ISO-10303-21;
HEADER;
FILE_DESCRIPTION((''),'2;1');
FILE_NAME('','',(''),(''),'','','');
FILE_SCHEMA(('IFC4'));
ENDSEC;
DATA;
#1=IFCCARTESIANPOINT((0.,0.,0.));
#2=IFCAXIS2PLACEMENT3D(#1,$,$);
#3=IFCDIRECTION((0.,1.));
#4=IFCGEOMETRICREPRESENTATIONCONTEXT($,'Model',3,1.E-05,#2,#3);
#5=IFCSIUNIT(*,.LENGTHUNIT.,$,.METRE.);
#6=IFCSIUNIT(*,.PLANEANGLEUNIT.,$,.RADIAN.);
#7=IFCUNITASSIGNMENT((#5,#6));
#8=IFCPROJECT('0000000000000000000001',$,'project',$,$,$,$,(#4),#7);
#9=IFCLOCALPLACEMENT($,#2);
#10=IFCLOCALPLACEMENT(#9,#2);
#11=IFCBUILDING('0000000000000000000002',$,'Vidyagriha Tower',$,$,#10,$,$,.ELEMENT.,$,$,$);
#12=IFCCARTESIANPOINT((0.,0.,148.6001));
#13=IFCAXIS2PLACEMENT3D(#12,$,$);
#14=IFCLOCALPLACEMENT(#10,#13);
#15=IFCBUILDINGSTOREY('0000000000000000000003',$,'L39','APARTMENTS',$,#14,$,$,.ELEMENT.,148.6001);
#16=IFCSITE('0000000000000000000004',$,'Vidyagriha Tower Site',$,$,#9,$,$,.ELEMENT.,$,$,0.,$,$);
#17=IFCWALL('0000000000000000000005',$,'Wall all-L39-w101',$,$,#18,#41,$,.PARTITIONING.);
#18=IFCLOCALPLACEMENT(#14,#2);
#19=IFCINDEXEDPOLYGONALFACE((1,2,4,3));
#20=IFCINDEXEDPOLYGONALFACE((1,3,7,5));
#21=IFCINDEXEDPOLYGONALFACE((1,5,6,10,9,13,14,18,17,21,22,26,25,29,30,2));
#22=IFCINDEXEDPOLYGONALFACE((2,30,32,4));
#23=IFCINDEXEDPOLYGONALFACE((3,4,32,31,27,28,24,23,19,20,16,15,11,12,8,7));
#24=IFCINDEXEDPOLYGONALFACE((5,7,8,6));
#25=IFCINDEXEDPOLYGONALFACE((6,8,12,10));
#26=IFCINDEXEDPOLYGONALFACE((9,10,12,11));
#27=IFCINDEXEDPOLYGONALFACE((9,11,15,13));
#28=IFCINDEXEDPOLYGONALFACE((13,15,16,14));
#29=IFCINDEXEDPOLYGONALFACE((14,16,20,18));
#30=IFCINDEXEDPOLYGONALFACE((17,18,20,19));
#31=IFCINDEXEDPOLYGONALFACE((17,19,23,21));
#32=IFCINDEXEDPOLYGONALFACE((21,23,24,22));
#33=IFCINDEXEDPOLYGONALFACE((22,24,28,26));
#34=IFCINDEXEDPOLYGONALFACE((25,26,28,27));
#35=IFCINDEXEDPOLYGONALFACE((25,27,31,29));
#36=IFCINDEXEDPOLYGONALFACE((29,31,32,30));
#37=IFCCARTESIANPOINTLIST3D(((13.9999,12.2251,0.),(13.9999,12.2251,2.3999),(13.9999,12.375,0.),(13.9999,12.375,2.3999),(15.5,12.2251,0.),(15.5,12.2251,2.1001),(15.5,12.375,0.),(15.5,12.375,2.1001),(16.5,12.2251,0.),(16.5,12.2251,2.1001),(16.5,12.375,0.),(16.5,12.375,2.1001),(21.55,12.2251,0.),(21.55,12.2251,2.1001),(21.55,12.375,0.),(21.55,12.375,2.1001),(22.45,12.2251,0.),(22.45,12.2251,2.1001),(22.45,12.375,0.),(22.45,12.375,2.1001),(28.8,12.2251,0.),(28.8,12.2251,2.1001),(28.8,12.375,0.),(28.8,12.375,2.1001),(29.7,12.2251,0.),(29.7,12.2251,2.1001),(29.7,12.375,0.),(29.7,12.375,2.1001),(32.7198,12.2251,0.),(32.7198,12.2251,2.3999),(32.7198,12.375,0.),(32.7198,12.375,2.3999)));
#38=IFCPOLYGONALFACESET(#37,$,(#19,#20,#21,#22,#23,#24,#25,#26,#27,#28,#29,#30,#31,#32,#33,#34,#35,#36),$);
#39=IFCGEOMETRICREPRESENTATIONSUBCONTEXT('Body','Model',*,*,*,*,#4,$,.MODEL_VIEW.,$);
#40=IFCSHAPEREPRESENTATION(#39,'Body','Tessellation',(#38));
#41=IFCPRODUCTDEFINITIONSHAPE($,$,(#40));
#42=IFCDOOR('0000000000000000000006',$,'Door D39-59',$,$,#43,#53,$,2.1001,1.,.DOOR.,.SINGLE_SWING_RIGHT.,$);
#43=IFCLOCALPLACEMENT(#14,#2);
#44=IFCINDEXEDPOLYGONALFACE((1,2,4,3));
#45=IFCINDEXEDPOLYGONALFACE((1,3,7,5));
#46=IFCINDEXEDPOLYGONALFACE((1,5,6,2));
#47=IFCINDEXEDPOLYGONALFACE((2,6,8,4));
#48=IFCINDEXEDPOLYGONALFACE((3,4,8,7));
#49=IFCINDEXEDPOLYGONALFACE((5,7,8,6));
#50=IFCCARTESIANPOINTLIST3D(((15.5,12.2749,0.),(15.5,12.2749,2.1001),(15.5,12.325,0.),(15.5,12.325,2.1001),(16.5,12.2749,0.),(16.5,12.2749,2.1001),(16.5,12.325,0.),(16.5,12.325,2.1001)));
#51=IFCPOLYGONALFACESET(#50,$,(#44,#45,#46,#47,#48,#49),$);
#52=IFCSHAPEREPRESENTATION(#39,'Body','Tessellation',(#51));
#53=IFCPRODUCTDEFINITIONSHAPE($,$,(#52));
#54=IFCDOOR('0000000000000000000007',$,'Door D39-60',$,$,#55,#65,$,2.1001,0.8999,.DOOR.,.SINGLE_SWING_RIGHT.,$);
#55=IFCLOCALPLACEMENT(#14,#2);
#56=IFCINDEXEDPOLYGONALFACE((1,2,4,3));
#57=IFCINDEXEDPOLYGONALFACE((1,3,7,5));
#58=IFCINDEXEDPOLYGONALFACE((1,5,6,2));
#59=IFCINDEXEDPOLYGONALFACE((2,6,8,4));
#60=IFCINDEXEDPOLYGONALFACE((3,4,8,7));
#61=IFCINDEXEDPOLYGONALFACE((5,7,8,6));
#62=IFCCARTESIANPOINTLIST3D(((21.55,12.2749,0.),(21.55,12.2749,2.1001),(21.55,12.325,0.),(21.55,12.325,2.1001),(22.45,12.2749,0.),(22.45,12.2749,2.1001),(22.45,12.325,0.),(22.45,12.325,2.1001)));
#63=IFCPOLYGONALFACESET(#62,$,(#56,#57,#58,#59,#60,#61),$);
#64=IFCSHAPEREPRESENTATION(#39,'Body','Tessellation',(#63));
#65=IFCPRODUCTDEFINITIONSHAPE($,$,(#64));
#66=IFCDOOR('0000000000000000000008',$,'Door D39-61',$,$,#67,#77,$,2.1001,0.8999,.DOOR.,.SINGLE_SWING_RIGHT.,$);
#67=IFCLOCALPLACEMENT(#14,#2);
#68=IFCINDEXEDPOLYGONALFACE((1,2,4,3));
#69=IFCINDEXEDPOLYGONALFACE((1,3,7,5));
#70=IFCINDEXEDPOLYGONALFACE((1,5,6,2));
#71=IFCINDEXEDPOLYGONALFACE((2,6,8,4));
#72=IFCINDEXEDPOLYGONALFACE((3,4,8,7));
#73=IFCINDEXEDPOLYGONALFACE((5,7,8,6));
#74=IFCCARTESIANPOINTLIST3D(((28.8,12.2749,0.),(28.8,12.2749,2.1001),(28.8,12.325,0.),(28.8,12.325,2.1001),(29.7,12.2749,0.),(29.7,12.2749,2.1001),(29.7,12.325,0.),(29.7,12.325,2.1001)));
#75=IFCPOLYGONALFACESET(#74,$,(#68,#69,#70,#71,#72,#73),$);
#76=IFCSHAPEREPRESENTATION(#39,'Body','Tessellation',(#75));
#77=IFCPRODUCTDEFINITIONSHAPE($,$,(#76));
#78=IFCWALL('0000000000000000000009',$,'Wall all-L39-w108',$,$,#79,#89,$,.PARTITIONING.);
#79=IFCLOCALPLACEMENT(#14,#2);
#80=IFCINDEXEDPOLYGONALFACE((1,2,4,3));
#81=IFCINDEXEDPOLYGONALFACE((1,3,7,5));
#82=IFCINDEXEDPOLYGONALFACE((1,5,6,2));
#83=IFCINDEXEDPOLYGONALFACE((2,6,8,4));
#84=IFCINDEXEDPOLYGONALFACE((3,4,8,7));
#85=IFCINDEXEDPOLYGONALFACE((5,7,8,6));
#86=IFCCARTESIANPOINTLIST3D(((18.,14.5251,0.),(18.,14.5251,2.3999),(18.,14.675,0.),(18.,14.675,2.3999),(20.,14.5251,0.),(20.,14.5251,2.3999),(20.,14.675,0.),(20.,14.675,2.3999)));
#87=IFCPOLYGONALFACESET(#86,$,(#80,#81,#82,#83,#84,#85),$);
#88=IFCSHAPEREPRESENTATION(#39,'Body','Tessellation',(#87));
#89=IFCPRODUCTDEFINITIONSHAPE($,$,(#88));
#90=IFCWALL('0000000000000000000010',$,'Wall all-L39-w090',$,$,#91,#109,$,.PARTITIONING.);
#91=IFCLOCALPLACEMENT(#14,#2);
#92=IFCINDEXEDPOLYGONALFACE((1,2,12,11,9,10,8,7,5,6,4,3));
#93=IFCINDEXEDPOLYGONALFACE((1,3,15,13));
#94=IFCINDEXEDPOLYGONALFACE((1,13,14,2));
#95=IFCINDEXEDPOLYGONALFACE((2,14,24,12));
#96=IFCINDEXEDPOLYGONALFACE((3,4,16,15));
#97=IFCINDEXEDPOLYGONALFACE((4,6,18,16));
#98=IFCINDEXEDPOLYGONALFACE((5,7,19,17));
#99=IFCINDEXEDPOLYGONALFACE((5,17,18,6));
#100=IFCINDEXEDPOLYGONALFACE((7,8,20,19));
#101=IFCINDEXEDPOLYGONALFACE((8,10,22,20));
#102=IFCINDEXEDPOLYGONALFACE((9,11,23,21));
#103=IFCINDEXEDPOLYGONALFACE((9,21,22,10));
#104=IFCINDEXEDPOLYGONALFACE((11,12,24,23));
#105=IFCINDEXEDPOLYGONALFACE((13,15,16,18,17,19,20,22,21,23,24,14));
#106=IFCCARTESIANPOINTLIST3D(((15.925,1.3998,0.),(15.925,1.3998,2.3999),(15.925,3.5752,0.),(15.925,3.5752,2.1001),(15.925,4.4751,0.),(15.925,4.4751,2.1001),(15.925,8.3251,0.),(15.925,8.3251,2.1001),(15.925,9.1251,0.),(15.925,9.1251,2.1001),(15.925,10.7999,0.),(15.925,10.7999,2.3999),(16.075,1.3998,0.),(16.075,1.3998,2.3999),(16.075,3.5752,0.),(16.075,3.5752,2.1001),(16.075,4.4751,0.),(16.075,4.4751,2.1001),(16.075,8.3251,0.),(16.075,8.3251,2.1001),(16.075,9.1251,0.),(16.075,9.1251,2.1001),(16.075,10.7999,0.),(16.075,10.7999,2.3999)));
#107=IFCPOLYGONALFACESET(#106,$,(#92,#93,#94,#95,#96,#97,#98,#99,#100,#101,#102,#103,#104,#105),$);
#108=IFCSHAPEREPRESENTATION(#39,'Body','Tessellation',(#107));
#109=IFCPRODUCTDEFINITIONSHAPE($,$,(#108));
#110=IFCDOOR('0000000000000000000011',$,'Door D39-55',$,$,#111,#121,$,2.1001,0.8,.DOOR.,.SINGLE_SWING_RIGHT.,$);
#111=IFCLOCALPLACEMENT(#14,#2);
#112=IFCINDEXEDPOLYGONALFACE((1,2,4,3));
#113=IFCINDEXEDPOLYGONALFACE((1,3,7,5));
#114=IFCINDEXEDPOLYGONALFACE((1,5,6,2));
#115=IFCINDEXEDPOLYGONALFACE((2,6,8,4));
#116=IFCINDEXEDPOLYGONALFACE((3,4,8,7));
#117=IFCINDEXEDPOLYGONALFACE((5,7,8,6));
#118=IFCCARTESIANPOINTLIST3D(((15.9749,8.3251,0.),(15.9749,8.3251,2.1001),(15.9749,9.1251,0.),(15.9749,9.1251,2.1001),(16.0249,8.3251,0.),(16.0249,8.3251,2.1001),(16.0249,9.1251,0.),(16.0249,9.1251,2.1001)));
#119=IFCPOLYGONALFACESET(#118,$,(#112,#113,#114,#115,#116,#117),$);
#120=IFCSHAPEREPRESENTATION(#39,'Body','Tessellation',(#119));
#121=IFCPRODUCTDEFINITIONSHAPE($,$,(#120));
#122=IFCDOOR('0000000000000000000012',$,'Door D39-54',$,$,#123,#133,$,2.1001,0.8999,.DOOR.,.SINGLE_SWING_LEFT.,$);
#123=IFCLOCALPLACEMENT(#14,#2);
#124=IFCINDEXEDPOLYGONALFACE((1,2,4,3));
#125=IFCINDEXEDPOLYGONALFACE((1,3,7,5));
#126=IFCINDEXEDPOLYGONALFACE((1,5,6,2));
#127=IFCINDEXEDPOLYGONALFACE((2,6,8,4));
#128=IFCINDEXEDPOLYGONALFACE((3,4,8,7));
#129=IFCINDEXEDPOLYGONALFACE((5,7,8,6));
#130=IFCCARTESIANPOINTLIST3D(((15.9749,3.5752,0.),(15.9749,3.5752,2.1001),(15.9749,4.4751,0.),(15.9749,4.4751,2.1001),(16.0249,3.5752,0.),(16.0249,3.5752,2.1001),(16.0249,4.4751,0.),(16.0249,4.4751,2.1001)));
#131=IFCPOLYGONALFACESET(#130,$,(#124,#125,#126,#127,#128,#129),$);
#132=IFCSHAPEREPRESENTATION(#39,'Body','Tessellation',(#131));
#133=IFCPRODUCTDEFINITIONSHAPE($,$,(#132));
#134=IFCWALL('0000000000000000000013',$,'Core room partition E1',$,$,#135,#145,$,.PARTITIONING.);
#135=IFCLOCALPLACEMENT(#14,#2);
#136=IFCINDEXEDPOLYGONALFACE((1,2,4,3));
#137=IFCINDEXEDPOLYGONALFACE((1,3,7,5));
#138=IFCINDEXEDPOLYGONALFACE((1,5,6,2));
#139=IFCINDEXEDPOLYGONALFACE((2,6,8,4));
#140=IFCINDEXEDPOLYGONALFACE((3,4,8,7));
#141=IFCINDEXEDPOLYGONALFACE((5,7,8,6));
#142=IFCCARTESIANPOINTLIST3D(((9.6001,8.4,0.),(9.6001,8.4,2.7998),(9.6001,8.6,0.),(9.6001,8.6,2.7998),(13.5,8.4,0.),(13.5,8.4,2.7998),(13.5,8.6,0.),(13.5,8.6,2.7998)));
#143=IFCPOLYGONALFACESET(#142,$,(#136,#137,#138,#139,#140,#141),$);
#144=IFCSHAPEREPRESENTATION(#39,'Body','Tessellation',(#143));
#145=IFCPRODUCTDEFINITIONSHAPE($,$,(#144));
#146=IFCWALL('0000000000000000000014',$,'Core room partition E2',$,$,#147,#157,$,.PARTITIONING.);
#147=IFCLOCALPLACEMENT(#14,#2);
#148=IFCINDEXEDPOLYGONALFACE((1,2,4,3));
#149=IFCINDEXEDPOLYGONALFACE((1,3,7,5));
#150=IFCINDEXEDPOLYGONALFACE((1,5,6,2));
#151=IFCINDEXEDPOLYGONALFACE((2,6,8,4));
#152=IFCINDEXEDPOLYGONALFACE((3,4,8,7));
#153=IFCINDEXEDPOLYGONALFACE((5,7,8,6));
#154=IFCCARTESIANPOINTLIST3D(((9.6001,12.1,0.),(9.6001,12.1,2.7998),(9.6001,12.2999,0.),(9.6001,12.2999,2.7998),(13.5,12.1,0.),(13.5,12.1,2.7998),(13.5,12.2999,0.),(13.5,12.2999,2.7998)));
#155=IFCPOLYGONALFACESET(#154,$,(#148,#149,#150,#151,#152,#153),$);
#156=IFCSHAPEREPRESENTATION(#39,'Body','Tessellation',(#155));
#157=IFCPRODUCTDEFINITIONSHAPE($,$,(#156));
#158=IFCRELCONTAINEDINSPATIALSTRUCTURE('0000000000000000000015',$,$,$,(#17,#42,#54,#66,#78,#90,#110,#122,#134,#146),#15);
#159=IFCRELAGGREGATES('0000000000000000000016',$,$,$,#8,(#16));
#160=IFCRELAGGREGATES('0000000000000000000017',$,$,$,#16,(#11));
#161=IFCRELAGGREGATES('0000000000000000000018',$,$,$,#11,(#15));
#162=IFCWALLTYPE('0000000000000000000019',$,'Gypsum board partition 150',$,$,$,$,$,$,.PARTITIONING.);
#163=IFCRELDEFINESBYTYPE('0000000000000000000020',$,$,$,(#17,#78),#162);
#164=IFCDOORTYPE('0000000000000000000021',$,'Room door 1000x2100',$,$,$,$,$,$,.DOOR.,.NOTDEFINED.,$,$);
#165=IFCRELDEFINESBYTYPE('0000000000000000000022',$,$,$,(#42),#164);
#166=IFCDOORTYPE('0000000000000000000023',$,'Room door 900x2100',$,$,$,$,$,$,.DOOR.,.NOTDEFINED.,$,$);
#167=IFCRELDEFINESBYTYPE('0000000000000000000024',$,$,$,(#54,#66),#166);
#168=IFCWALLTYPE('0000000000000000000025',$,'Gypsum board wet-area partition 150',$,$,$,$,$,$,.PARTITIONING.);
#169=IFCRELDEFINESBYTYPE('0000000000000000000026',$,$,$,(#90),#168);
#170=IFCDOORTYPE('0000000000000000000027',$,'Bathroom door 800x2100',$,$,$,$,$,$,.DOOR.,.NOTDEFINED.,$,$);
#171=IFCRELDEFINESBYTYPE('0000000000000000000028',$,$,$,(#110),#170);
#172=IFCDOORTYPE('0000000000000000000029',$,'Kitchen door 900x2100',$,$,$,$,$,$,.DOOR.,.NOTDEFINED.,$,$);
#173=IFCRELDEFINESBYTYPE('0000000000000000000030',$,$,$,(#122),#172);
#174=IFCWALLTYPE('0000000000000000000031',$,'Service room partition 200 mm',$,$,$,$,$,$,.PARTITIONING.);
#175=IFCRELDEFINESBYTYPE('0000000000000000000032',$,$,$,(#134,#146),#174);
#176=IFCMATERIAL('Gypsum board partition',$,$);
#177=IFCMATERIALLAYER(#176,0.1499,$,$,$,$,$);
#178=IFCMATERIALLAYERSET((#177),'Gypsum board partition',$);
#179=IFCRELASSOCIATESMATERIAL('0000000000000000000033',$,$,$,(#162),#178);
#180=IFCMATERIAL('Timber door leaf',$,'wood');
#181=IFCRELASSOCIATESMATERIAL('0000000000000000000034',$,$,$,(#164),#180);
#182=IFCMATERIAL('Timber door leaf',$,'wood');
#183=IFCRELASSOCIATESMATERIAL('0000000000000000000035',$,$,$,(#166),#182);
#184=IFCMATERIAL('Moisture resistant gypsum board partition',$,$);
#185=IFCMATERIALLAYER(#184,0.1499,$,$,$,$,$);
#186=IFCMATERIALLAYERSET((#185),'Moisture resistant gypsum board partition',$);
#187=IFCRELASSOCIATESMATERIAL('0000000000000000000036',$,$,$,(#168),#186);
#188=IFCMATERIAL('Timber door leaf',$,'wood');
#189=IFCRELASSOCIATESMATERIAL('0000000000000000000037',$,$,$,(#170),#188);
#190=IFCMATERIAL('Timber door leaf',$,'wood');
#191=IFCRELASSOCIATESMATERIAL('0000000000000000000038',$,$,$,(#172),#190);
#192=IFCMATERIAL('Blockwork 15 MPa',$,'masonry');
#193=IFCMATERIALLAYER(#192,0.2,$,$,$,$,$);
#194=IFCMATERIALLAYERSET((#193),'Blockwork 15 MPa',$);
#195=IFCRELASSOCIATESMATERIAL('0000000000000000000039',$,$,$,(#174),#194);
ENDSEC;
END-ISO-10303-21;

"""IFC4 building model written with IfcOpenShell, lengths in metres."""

from ifc_helpers import new_model, si_unit, direction, frame, frame_2d, origin, place, context, subcontext, project, spatial, rectangle, extrude, material, layer, layer_set, type_object, element, fill, save


model = new_model("IFC4")

# Units and contexts
model_context = context("Model", 3, precision=1e-05, world=origin(), true_north=direction((0.0, 1.0)))
body_context = subcontext(model_context, "Body", "Model", "MODEL_VIEW")
ifc_project = project(units=[si_unit("LENGTHUNIT", "METRE"), si_unit("PLANEANGLEUNIT", "RADIAN")], contexts=[model_context])

# Site, building, storey
site_placement = place(None, origin())
site = spatial("IfcSite", under=ifc_project, at=site_placement, Name="Vidyagriha Tower Site", CompositionType="ELEMENT", RefElevation=0.0)
building_placement = place(site_placement, origin())
building = spatial("IfcBuilding", under=site, at=building_placement, Name="Vidyagriha Tower", CompositionType="ELEMENT")
storey_placement = place(building_placement, frame((0.0, 0.0, 148.6001)))
storey = spatial("IfcBuildingStorey", under=building, at=storey_placement, Name="L39", Description="APARTMENTS", CompositionType="ELEMENT", Elevation=148.6001)

# Shared definitions
ifc_material_1 = material(Name="Gypsum board partition")
ifc_layer_1 = layer(ifc_material_1, 0.1499)
ifc_layer_set_1 = layer_set([ifc_layer_1], Name="Gypsum board partition")
wall_type_1 = type_object("IfcWallType", Name="Gypsum board partition 150", PredefinedType="PARTITIONING", material=ifc_layer_set_1)

# Wall, openings, doors
wall_1_placement = place(storey_placement, frame((14.0, 12.3, 0.0)))
wall_1 = element("IfcWall", 1, at=wall_1_placement, inside=storey, type_object=wall_type_1, Name="Wall all-L39-w101", PredefinedType="PARTITIONING", context=body_context, shape_type="SweptSolid", body=[
    extrude(rectangle(XDim=18.72, YDim=0.1499, at=frame_2d((9.3599, 0.0))), origin(), (0.0, 0.0, 1.0), 2.3999),
])
opening_1_placement = place(wall_1_placement, frame((1.5, 0.0, 0.0)))
opening_1 = element("IfcOpeningElement", 2, at=opening_1_placement, cuts=wall_1, PredefinedType="OPENING", context=body_context, shape_type="SweptSolid", body=[
    extrude(rectangle(XDim=1.0, YDim=2.1001, at=frame_2d((0.5, 1.05))), frame((0.0, 0.085, 0.0), z_axis=(0.0, -1.0, 0.0), x_axis=(1.0, 0.0, 0.0)), (0.0, 0.0, 1.0), 0.1699),
])
opening_2_placement = place(wall_1_placement, frame((7.55, 0.0, 0.0)))
opening_2 = element("IfcOpeningElement", 3, at=opening_2_placement, cuts=wall_1, PredefinedType="OPENING", context=body_context, shape_type="SweptSolid", body=[
    extrude(rectangle(XDim=0.8999, YDim=2.1001, at=frame_2d((0.45, 1.05))), frame((0.0, 0.085, 0.0), z_axis=(0.0, -1.0, 0.0), x_axis=(1.0, 0.0, 0.0)), (0.0, 0.0, 1.0), 0.1699),
])
opening_3_placement = place(wall_1_placement, frame((14.8, 0.0, 0.0)))
opening_3 = element("IfcOpeningElement", 4, at=opening_3_placement, cuts=wall_1, PredefinedType="OPENING", context=body_context, shape_type="SweptSolid", body=[
    extrude(rectangle(XDim=0.8999, YDim=2.1001, at=frame_2d((0.45, 1.05))), frame((0.0, 0.085, 0.0), z_axis=(0.0, -1.0, 0.0), x_axis=(1.0, 0.0, 0.0)), (0.0, 0.0, 1.0), 0.1699),
])
ifc_material_2 = material(Name="Timber door leaf", Category="wood")
door_type_1 = type_object("IfcDoorType", Name="Room door 1000x2100", OperationType="NOTDEFINED", PredefinedType="DOOR", material=ifc_material_2)
door_1_placement = place(opening_1_placement, origin())
door_1 = element("IfcDoor", 5, at=door_1_placement, inside=storey, type_object=door_type_1, Name="Door D39-59", OperationType="SINGLE_SWING_RIGHT", OverallHeight=2.1001, OverallWidth=1.0, PredefinedType="DOOR", context=body_context, shape_type="SweptSolid", body=[
    extrude(rectangle(XDim=1.0, YDim=2.1001, at=frame_2d((0.5, 1.05))), frame((0.0, 0.0249, 0.0), z_axis=(0.0, -1.0, 0.0), x_axis=(1.0, 0.0, 0.0)), (0.0, 0.0, 1.0), 0.05),
])
fill(opening_1, door_1)
ifc_material_3 = material(Name="Timber door leaf", Category="wood")
door_type_2 = type_object("IfcDoorType", Name="Room door 900x2100", OperationType="NOTDEFINED", PredefinedType="DOOR", material=ifc_material_3)
door_2_placement = place(opening_2_placement, origin())
door_2 = element("IfcDoor", 6, at=door_2_placement, inside=storey, type_object=door_type_2, Name="Door D39-60", OperationType="SINGLE_SWING_RIGHT", OverallHeight=2.1001, OverallWidth=0.8999, PredefinedType="DOOR", context=body_context, shape_type="SweptSolid", body=[
    extrude(rectangle(XDim=0.8999, YDim=2.1001, at=frame_2d((0.45, 1.05))), frame((0.0, 0.0249, 0.0), z_axis=(0.0, -1.0, 0.0), x_axis=(1.0, 0.0, 0.0)), (0.0, 0.0, 1.0), 0.05),
])
fill(opening_2, door_2)
door_3_placement = place(opening_3_placement, origin())
door_3 = element("IfcDoor", 7, at=door_3_placement, inside=storey, type_object=door_type_2, Name="Door D39-61", OperationType="SINGLE_SWING_RIGHT", OverallHeight=2.1001, OverallWidth=0.8999, PredefinedType="DOOR", context=body_context, shape_type="SweptSolid", body=[
    extrude(rectangle(XDim=0.8999, YDim=2.1001, at=frame_2d((0.45, 1.05))), frame((0.0, 0.0249, 0.0), z_axis=(0.0, -1.0, 0.0), x_axis=(1.0, 0.0, 0.0)), (0.0, 0.0, 1.0), 0.05),
])
fill(opening_3, door_3)

# Wall
wall_2_placement = place(storey_placement, frame((18.0, 14.6001, 0.0)))
element("IfcWall", 8, at=wall_2_placement, inside=storey, type_object=wall_type_1, Name="Wall all-L39-w108", PredefinedType="PARTITIONING", context=body_context, shape_type="SweptSolid", body=[
    extrude(rectangle(XDim=2.0, YDim=0.1499, at=frame_2d((1.0, 0.0))), origin(), (0.0, 0.0, 1.0), 2.3999),
])

# Wall, openings, doors
ifc_material_4 = material(Name="Moisture resistant gypsum board partition")
ifc_layer_2 = layer(ifc_material_4, 0.1499)
ifc_layer_set_2 = layer_set([ifc_layer_2], Name="Moisture resistant gypsum board partition")
wall_type_2 = type_object("IfcWallType", Name="Gypsum board wet-area partition 150", PredefinedType="PARTITIONING", material=ifc_layer_set_2)
wall_3_placement = place(storey_placement, frame((16.0, 10.8, 0.0), z_axis=(0.0, 0.0, 1.0), x_axis=(0.0, -1.0, 0.0)))
wall_3 = element("IfcWall", 9, at=wall_3_placement, inside=storey, type_object=wall_type_2, Name="Wall all-L39-w090", PredefinedType="PARTITIONING", context=body_context, shape_type="SweptSolid", body=[
    extrude(rectangle(XDim=9.4001, YDim=0.1499, at=frame_2d((4.7002, 0.0))), origin(), (0.0, 0.0, 1.0), 2.3999),
])
opening_4_placement = place(wall_3_placement, frame((6.325, 0.0, 0.0)))
opening_4 = element("IfcOpeningElement", 10, at=opening_4_placement, cuts=wall_3, PredefinedType="OPENING", context=body_context, shape_type="SweptSolid", body=[
    extrude(rectangle(XDim=0.8999, YDim=2.1001, at=frame_2d((0.45, 1.05))), frame((0.0, 0.085, 0.0), z_axis=(0.0, -1.0, 0.0), x_axis=(1.0, 0.0, 0.0)), (0.0, 0.0, 1.0), 0.1699),
])
opening_5_placement = place(wall_3_placement, frame((1.675, 0.0, 0.0)))
opening_5 = element("IfcOpeningElement", 11, at=opening_5_placement, cuts=wall_3, PredefinedType="OPENING", context=body_context, shape_type="SweptSolid", body=[
    extrude(rectangle(XDim=0.8, YDim=2.1001, at=frame_2d((0.3999, 1.05))), frame((0.0, 0.085, 0.0), z_axis=(0.0, -1.0, 0.0), x_axis=(1.0, 0.0, 0.0)), (0.0, 0.0, 1.0), 0.1699),
])
ifc_material_5 = material(Name="Timber door leaf", Category="wood")
door_type_3 = type_object("IfcDoorType", Name="Bathroom door 800x2100", OperationType="NOTDEFINED", PredefinedType="DOOR", material=ifc_material_5)
door_4_placement = place(opening_5_placement, origin())
door_4 = element("IfcDoor", 12, at=door_4_placement, inside=storey, type_object=door_type_3, Name="Door D39-55", OperationType="SINGLE_SWING_RIGHT", OverallHeight=2.1001, OverallWidth=0.8, PredefinedType="DOOR", context=body_context, shape_type="SweptSolid", body=[
    extrude(rectangle(XDim=0.8, YDim=2.1001, at=frame_2d((0.3999, 1.05))), frame((0.0, 0.0249, 0.0), z_axis=(0.0, -1.0, 0.0), x_axis=(1.0, 0.0, 0.0)), (0.0, 0.0, 1.0), 0.05),
])
fill(opening_5, door_4)
ifc_material_6 = material(Name="Timber door leaf", Category="wood")
door_type_4 = type_object("IfcDoorType", Name="Kitchen door 900x2100", OperationType="NOTDEFINED", PredefinedType="DOOR", material=ifc_material_6)
door_5_placement = place(opening_4_placement, origin())
door_5 = element("IfcDoor", 13, at=door_5_placement, inside=storey, type_object=door_type_4, Name="Door D39-54", OperationType="SINGLE_SWING_LEFT", OverallHeight=2.1001, OverallWidth=0.8999, PredefinedType="DOOR", context=body_context, shape_type="SweptSolid", body=[
    extrude(rectangle(XDim=0.8999, YDim=2.1001, at=frame_2d((0.45, 1.05))), frame((0.0, 0.0249, 0.0), z_axis=(0.0, -1.0, 0.0), x_axis=(1.0, 0.0, 0.0)), (0.0, 0.0, 1.0), 0.05),
])
fill(opening_4, door_5)

# Walls
ifc_material_7 = material(Name="Blockwork 15 MPa", Category="masonry")
ifc_layer_3 = layer(ifc_material_7, 0.2)
ifc_layer_set_3 = layer_set([ifc_layer_3], Name="Blockwork 15 MPa")
wall_type_3 = type_object("IfcWallType", Name="Service room partition 200 mm", PredefinedType="PARTITIONING", material=ifc_layer_set_3)
for number, where, name in (
    (14, (9.6001, 8.5, 0.0), "Core room partition E1"),
    (15, (9.6001, 12.2, 0.0), "Core room partition E2"),
):
    element("IfcWall", number, at=place(storey_placement, frame(where)), inside=storey, type_object=wall_type_3, Name=name, PredefinedType="PARTITIONING", context=body_context, shape_type="SweptSolid", body=[
        extrude(rectangle(XDim=3.8999, YDim=0.2, at=frame_2d((1.95, 0.0))), origin(), (0.0, 0.0, 1.0), 2.7998),
    ])

save(model, "model.ifc")
